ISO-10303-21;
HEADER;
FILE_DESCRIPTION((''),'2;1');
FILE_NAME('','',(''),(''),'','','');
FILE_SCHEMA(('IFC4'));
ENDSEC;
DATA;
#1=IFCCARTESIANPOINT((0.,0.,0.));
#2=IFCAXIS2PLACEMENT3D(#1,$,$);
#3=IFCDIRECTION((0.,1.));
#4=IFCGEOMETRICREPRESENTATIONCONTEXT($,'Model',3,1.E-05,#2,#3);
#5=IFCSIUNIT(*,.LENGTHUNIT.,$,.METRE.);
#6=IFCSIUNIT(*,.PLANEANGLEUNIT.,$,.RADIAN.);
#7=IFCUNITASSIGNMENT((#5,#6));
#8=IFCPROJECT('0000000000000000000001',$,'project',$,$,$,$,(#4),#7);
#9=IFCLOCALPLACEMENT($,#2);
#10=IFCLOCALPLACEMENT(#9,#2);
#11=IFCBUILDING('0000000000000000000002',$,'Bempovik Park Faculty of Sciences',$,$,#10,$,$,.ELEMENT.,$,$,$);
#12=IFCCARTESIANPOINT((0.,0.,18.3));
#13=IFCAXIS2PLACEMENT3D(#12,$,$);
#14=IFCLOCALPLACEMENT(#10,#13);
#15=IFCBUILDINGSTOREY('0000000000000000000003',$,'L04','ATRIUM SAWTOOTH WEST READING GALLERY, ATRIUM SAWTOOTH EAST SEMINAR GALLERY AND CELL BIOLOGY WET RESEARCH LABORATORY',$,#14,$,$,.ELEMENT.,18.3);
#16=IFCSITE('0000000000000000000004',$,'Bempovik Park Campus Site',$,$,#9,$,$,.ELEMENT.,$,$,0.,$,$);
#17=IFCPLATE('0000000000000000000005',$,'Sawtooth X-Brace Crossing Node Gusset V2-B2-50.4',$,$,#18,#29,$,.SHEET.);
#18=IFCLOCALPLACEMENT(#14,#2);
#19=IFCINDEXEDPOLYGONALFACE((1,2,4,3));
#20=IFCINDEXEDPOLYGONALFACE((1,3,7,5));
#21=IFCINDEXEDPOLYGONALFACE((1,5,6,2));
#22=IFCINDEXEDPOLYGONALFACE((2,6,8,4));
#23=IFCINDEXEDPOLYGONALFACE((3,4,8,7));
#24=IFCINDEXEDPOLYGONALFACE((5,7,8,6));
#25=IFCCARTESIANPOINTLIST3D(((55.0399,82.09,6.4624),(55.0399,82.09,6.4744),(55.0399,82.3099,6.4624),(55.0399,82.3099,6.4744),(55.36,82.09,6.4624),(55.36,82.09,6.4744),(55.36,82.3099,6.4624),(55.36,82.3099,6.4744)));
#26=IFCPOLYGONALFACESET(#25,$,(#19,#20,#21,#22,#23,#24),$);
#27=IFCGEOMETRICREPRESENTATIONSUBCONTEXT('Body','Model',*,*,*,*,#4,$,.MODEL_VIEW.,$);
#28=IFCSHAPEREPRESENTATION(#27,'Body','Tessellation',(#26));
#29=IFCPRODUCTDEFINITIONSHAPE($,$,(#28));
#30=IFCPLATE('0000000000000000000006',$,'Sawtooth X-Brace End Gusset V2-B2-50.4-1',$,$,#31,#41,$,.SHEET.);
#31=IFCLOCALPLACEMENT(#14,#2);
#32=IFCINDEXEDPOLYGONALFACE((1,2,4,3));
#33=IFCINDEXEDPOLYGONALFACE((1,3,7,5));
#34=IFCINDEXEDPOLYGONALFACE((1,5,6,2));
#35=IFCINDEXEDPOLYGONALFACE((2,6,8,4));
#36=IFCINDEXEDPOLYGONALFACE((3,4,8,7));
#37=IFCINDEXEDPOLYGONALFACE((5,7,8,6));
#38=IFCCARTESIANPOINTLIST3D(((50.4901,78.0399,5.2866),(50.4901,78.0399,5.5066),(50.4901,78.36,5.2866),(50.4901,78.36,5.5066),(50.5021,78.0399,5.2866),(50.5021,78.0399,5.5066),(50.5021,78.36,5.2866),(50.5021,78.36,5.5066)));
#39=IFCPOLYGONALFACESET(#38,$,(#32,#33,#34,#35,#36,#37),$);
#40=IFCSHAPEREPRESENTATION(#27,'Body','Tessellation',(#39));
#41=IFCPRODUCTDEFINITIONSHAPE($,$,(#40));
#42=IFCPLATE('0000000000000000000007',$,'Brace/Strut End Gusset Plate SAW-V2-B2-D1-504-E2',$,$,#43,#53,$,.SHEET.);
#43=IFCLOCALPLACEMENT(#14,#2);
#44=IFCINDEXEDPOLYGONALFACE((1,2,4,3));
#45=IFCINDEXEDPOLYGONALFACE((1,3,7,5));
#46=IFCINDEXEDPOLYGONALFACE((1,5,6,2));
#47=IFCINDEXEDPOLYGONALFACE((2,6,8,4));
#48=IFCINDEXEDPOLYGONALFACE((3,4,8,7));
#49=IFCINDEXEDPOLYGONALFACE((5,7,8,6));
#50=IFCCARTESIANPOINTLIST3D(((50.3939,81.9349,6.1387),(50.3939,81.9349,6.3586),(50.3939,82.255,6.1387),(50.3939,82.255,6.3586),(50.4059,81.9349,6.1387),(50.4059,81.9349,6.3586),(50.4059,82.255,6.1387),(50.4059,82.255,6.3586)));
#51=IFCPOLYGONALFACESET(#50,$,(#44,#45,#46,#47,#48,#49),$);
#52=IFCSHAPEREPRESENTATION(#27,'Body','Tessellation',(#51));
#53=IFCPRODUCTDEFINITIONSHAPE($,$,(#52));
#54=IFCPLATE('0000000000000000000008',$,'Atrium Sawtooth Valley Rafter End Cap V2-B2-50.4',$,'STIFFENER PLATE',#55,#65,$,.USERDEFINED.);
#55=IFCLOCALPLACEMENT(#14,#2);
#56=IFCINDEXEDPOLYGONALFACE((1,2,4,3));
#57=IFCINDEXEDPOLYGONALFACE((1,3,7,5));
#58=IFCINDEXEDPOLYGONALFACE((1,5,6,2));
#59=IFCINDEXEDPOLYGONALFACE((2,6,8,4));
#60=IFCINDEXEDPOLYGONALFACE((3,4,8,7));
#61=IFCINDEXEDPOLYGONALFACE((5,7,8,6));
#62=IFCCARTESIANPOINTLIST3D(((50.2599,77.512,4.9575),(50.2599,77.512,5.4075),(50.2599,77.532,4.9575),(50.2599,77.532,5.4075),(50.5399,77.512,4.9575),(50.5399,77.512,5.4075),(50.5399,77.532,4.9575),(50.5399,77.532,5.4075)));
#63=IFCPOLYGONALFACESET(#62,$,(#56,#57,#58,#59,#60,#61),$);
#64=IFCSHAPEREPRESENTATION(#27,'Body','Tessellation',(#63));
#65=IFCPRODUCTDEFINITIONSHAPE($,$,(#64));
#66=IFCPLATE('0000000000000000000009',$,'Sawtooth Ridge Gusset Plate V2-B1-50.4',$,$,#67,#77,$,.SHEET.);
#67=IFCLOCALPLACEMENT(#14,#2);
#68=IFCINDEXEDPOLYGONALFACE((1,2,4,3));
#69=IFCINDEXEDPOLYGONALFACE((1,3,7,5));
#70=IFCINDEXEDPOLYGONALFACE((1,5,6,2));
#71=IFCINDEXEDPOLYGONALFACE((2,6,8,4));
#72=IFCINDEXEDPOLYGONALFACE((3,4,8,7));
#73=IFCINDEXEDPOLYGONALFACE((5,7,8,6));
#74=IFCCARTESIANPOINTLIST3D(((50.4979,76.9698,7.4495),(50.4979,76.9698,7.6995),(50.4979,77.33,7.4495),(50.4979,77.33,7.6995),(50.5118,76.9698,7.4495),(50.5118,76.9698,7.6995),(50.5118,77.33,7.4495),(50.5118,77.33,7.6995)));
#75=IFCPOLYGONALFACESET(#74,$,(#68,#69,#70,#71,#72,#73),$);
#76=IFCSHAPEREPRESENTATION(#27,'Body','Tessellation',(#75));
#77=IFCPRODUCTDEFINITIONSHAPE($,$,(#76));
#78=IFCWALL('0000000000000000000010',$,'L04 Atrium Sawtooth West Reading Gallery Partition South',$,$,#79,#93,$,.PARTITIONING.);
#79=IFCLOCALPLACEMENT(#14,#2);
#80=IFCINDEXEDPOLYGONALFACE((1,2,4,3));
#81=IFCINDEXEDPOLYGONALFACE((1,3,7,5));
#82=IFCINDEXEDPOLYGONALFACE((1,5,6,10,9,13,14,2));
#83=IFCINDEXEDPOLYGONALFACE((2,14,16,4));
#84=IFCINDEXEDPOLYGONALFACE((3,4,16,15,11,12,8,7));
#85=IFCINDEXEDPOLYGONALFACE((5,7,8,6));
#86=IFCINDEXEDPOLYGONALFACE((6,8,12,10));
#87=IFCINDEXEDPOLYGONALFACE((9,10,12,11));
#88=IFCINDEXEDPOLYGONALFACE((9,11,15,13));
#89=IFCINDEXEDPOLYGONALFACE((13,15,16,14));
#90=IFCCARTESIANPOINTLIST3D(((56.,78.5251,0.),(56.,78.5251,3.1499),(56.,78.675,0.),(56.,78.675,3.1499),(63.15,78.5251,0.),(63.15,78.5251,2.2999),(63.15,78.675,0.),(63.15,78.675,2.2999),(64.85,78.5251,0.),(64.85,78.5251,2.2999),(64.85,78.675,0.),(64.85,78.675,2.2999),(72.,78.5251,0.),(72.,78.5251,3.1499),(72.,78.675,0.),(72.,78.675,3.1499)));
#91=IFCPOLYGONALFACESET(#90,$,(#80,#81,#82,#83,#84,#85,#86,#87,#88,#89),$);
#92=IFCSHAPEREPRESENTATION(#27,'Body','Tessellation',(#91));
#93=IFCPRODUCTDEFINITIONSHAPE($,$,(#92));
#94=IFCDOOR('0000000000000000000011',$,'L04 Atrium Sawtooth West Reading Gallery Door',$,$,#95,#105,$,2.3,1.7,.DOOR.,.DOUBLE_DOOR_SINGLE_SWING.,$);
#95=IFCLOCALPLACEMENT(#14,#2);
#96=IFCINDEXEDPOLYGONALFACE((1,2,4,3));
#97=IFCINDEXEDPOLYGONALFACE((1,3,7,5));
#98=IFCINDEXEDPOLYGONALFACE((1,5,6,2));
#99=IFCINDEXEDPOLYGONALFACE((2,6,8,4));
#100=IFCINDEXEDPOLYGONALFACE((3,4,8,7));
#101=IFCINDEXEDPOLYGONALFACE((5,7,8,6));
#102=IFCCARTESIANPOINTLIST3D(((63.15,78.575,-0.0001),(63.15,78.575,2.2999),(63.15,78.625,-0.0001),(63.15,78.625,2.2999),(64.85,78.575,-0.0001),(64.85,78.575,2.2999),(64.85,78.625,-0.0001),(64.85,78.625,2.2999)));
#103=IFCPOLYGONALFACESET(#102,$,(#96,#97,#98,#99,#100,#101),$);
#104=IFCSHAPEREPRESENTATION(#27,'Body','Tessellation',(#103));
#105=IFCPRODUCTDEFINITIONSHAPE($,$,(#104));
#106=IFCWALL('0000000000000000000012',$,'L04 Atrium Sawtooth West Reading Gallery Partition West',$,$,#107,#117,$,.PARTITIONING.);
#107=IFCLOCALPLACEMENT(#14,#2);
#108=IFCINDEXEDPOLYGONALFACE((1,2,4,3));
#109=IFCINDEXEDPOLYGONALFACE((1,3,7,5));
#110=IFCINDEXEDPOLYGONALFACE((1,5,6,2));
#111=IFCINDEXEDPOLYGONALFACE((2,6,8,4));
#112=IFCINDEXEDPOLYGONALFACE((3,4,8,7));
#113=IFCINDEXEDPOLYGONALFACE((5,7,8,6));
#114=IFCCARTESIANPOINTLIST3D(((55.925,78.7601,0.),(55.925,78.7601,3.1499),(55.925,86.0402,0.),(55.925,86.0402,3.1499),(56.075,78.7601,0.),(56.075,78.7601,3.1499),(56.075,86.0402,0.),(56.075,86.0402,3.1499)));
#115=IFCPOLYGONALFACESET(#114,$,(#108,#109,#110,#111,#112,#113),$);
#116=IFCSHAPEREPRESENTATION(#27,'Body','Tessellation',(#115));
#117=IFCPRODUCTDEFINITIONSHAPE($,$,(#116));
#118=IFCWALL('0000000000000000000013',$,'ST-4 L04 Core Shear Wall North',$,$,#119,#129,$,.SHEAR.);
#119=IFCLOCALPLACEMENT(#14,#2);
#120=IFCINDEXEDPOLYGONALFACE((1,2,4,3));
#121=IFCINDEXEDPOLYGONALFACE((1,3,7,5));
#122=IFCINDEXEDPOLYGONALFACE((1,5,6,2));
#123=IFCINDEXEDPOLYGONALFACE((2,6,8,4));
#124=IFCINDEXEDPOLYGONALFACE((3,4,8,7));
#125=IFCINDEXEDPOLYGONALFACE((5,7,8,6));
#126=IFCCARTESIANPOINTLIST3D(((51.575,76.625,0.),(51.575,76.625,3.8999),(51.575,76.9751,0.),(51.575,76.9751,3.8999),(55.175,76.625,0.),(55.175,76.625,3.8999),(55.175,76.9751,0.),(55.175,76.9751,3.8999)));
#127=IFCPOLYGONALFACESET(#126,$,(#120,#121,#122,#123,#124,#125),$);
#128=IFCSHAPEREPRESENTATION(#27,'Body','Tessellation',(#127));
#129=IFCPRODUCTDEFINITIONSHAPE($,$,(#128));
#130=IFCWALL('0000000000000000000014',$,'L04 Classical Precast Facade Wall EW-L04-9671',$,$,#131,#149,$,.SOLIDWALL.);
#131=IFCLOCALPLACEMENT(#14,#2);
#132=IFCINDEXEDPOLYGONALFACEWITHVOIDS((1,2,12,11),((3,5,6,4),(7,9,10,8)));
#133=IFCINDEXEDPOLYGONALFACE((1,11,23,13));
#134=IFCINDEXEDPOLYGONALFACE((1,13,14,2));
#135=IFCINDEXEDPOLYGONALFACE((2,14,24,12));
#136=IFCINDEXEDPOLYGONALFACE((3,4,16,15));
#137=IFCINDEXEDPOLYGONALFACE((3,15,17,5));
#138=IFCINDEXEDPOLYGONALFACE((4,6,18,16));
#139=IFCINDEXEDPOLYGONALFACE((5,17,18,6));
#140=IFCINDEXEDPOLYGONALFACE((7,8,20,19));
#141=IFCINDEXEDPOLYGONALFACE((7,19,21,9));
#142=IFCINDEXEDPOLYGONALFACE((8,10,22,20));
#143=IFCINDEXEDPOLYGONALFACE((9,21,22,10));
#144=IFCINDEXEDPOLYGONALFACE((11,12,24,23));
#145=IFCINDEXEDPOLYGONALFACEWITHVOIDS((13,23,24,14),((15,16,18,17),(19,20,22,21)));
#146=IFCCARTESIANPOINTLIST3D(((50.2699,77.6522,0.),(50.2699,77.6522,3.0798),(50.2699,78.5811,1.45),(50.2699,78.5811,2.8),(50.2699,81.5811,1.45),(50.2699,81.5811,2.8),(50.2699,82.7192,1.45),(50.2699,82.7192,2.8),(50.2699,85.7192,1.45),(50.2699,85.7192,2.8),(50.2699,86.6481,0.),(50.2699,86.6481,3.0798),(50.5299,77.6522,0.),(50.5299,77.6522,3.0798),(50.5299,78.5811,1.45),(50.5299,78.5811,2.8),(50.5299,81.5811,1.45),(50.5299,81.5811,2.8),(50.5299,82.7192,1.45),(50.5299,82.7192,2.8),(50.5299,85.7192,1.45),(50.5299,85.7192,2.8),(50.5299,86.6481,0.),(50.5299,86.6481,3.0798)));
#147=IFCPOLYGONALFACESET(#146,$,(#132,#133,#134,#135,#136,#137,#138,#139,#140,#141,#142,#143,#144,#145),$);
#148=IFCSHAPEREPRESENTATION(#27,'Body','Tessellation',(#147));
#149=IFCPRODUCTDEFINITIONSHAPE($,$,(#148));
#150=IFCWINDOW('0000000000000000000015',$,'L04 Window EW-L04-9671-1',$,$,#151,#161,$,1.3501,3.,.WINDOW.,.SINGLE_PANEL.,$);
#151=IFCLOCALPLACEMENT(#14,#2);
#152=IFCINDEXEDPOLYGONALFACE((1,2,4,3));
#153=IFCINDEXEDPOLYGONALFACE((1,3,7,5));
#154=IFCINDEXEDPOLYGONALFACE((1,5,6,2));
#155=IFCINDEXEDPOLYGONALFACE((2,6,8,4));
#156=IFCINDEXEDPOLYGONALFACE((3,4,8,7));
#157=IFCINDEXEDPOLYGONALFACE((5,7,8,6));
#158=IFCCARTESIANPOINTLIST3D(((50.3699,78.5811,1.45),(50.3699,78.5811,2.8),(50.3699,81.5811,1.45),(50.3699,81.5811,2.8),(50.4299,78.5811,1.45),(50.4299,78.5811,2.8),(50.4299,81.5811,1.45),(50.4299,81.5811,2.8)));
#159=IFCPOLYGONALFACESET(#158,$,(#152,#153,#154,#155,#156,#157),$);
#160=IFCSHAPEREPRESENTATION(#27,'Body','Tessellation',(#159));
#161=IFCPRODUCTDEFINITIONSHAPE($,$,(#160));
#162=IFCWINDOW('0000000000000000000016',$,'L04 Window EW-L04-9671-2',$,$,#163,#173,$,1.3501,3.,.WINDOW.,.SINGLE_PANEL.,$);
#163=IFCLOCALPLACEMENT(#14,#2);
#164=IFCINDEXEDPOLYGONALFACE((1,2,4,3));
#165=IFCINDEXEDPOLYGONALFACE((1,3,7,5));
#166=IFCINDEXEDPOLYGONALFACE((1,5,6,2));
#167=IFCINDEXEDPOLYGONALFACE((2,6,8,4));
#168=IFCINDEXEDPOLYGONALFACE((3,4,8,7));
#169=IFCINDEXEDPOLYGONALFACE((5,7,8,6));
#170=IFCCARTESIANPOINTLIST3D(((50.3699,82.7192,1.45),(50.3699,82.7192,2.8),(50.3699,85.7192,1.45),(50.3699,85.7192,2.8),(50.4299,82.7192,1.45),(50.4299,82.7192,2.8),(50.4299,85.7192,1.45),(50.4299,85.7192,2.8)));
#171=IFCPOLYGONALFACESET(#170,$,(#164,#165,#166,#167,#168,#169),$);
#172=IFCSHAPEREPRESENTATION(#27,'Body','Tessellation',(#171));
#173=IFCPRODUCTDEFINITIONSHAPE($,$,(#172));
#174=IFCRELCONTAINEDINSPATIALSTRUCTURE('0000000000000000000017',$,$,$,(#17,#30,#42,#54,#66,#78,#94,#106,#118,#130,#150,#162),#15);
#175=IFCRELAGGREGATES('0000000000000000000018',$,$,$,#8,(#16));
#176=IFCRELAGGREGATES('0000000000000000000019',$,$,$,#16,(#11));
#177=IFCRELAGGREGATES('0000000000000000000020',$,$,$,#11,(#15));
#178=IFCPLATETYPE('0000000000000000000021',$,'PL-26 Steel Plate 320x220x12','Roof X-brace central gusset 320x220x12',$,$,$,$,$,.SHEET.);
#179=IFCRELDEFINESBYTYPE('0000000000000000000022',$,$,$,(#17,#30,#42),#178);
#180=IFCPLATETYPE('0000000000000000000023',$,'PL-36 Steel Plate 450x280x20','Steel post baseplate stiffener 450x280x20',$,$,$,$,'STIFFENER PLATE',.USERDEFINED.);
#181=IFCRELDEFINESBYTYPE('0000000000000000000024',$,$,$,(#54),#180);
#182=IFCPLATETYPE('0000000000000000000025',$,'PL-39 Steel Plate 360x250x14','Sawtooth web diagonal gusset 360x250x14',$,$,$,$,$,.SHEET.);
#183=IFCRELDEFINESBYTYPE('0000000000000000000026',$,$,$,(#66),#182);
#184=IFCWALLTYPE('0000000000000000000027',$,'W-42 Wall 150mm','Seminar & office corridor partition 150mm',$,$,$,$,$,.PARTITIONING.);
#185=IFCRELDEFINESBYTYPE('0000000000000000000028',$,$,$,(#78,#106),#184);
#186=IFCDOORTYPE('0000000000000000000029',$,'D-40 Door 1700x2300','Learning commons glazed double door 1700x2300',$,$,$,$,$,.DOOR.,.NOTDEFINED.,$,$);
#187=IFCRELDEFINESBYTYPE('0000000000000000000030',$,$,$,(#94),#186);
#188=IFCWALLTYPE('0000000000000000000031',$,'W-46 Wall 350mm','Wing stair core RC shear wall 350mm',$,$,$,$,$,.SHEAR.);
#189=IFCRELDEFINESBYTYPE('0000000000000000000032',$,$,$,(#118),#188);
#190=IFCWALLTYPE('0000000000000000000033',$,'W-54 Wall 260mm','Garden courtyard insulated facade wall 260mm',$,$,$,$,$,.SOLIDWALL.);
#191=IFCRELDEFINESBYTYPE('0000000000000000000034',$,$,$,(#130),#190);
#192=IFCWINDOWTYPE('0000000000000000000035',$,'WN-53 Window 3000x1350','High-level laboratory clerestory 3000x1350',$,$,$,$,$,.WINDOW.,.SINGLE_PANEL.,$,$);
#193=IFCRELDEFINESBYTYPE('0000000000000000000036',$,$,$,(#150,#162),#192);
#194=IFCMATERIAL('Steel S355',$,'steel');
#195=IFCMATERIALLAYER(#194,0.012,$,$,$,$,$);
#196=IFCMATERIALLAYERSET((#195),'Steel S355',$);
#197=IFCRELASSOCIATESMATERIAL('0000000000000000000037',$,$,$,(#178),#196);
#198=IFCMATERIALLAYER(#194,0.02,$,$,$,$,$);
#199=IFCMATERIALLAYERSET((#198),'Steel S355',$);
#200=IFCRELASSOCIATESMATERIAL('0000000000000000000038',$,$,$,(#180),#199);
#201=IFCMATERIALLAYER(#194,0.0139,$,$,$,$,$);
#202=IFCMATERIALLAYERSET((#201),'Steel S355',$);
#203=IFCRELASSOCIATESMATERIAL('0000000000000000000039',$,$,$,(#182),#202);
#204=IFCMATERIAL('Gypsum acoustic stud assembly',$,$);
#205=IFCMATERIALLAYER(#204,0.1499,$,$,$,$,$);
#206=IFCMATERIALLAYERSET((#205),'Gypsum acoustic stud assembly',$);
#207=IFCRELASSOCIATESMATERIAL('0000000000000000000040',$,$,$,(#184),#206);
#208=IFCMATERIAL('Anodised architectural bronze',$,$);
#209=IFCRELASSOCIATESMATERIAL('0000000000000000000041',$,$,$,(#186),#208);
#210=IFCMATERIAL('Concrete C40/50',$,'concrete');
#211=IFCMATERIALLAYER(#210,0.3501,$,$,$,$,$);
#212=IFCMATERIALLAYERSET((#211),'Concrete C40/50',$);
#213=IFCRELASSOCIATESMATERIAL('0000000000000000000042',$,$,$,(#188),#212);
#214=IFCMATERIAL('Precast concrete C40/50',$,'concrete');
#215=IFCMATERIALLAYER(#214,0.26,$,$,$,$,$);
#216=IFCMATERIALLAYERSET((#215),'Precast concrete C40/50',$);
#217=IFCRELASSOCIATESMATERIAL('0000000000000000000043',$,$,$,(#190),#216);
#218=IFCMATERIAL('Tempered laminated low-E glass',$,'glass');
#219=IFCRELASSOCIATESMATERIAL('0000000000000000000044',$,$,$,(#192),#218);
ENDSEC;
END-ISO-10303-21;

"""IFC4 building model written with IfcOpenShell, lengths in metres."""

from ifc_helpers import new_model, si_unit, direction, frame, frame_2d, origin, origin_2d, place, context, subcontext, project, spatial, rectangle, extrude, material, layer, layer_set, type_object, element, fill, save


model = new_model("IFC4")

# Units and contexts
model_context = context("Model", 3, precision=1e-05, world=origin(), true_north=direction((0.0, 1.0)))
body_context = subcontext(model_context, "Body", "Model", "MODEL_VIEW")
ifc_project = project(units=[si_unit("LENGTHUNIT", "METRE"), si_unit("PLANEANGLEUNIT", "RADIAN")], contexts=[model_context])

# Site, building, storey
site_placement = place(None, origin())
site = spatial("IfcSite", under=ifc_project, at=site_placement, Name="Bempovik Park Campus Site", CompositionType="ELEMENT", RefElevation=0.0)
building_placement = place(site_placement, origin())
building = spatial("IfcBuilding", under=site, at=building_placement, Name="Bempovik Park Faculty of Sciences", CompositionType="ELEMENT")
storey_placement = place(building_placement, frame((0.0, 0.0, 18.3)))
storey = spatial("IfcBuildingStorey", under=building, at=storey_placement, Name="L04", Description="ATRIUM SAWTOOTH WEST READING GALLERY, ATRIUM SAWTOOTH EAST SEMINAR GALLERY AND CELL BIOLOGY WET RESEARCH LABORATORY", CompositionType="ELEMENT", Elevation=18.3)

# Shared definitions
ifc_material_1 = material(Name="Concrete C40/50", Category="concrete")
ifc_material_2 = material(Name="Steel S355", Category="steel")

# Plates
ifc_layer_1 = layer(ifc_material_2, 0.012)
ifc_layer_set_1 = layer_set([ifc_layer_1], Name="Steel S355")
plate_type_1 = type_object("IfcPlateType", Name="PL-26 Steel Plate 320x220x12", Description="Roof X-brace central gusset 320x220x12", PredefinedType="SHEET", material=ifc_layer_set_1)
plate_1_placement = place(storey_placement, frame((55.2, 82.2, 6.4624), z_axis=(0.0, 0.0, 1.0), x_axis=(1.0, 0.0, 0.0)))
element("IfcPlate", 1, at=plate_1_placement, inside=storey, type_object=plate_type_1, Name="Sawtooth X-Brace Crossing Node Gusset V2-B2-50.4", PredefinedType="SHEET", context=body_context, shape_type="SweptSolid", body=[
    extrude(rectangle(XDim=0.3201, YDim=0.22, at=origin_2d()), origin(), (0.0, 0.0, 1.0), 0.012),
])
for number, where, z_axis, x_axis, name in (
    (2, (50.4961, 78.2, 5.2866), (0.0, 0.0, 1.0), (1.0, 0.0, 0.0), "Sawtooth X-Brace End Gusset V2-B2-50.4-1"),
    (3, (50.3999, 82.095, 6.1387), (0.0, 0.0, 1.0), (1.0, 0.0, 0.0), "Brace/Strut End Gusset Plate SAW-V2-B2-D1-504-E2"),
):
    element("IfcPlate", number, at=place(storey_placement, frame(where, z_axis=z_axis, x_axis=x_axis)), inside=storey, type_object=plate_type_1, Name=name, PredefinedType="SHEET", context=body_context, shape_type="SweptSolid", body=[
        extrude(rectangle(XDim=0.012, YDim=0.3201, at=origin_2d()), origin(), (0.0, 0.0, 1.0), 0.22),
    ])
ifc_layer_2 = layer(ifc_material_2, 0.02)
ifc_layer_set_2 = layer_set([ifc_layer_2], Name="Steel S355")
plate_type_2 = type_object("IfcPlateType", Name="PL-36 Steel Plate 450x280x20", Description="Steel post baseplate stiffener 450x280x20", ElementType="STIFFENER PLATE", PredefinedType="USERDEFINED", material=ifc_layer_set_2)
plate_2_placement = place(storey_placement, frame((50.3999, 77.522, 4.9575), z_axis=(0.0, 0.0, 1.0), x_axis=(1.0, 0.0, 0.0)))
element("IfcPlate", 4, at=plate_2_placement, inside=storey, type_object=plate_type_2, Name="Atrium Sawtooth Valley Rafter End Cap V2-B2-50.4", ObjectType="STIFFENER PLATE", PredefinedType="USERDEFINED", context=body_context, shape_type="SweptSolid", body=[
    extrude(rectangle(XDim=0.28, YDim=0.02, at=origin_2d()), origin(), (0.0, 0.0, 1.0), 0.45),
])
ifc_layer_3 = layer(ifc_material_2, 0.0139)
ifc_layer_set_3 = layer_set([ifc_layer_3], Name="Steel S355")
plate_type_3 = type_object("IfcPlateType", Name="PL-39 Steel Plate 360x250x14", Description="Sawtooth web diagonal gusset 360x250x14", PredefinedType="SHEET", material=ifc_layer_set_3)
plate_3_placement = place(storey_placement, frame((50.5049, 77.1499, 7.4495), z_axis=(0.0, 0.0, 1.0), x_axis=(1.0, 0.0, 0.0)))
element("IfcPlate", 5, at=plate_3_placement, inside=storey, type_object=plate_type_3, Name="Sawtooth Ridge Gusset Plate V2-B1-50.4", PredefinedType="SHEET", context=body_context, shape_type="SweptSolid", body=[
    extrude(rectangle(XDim=0.0139, YDim=0.3601, at=origin_2d()), origin(), (0.0, 0.0, 1.0), 0.25),
])

# Wall, opening, door
ifc_material_3 = material(Name="Gypsum acoustic stud assembly")
ifc_layer_4 = layer(ifc_material_3, 0.1499)
ifc_layer_set_4 = layer_set([ifc_layer_4], Name="Gypsum acoustic stud assembly")
wall_type_1 = type_object("IfcWallType", Name="W-42 Wall 150mm", Description="Seminar & office corridor partition 150mm", PredefinedType="PARTITIONING", material=ifc_layer_set_4)
wall_1_placement = place(storey_placement, frame((56.0, 78.6001, 0.0), z_axis=(0.0, 0.0, 1.0), x_axis=(1.0, 0.0, 0.0)))
wall_1 = element("IfcWall", 6, at=wall_1_placement, inside=storey, type_object=wall_type_1, Name="L04 Atrium Sawtooth West Reading Gallery Partition South", PredefinedType="PARTITIONING", context=body_context, shape_type="SweptSolid", body=[
    extrude(rectangle(XDim=16.0, YDim=0.1499, at=frame_2d((8.0, 0.0))), origin(), (0.0, 0.0, 1.0), 3.1499),
])
opening_1_placement = place(wall_1_placement, frame((7.1499, 0.0, 0.0)))
opening_1 = element("IfcOpeningElement", 7, at=opening_1_placement, cuts=wall_1, PredefinedType="OPENING", context=body_context, shape_type="SweptSolid", body=[
    extrude(rectangle(XDim=1.7, YDim=2.3, at=frame_2d((0.8501, 1.1499))), frame((0.0, 0.085, 0.0), z_axis=(0.0, -1.0, 0.0), x_axis=(1.0, 0.0, 0.0)), (0.0, 0.0, 1.0), 0.1699),
])
ifc_material_4 = material(Name="Anodised architectural bronze")
door_type = type_object("IfcDoorType", Name="D-40 Door 1700x2300", Description="Learning commons glazed double door 1700x2300", OperationType="NOTDEFINED", PredefinedType="DOOR", material=ifc_material_4)
door_placement = place(opening_1_placement, origin())
door = element("IfcDoor", 8, at=door_placement, inside=storey, type_object=door_type, Name="L04 Atrium Sawtooth West Reading Gallery Door", OperationType="DOUBLE_DOOR_SINGLE_SWING", OverallHeight=2.3, OverallWidth=1.7, PredefinedType="DOOR", context=body_context, shape_type="SweptSolid", body=[
    extrude(rectangle(XDim=1.7, YDim=2.3, at=frame_2d((0.8501, 1.1499))), frame((0.0, 0.0249, 0.0), z_axis=(0.0, -1.0, 0.0), x_axis=(1.0, 0.0, 0.0)), (0.0, 0.0, 1.0), 0.05),
])
fill(opening_1, door)

# Walls
wall_2_placement = place(storey_placement, frame((56.0, 78.76, 0.0), z_axis=(0.0, 0.0, 1.0), x_axis=(0.0, 1.0, 0.0)))
element("IfcWall", 9, at=wall_2_placement, inside=storey, type_object=wall_type_1, Name="L04 Atrium Sawtooth West Reading Gallery Partition West", PredefinedType="PARTITIONING", context=body_context, shape_type="SweptSolid", body=[
    extrude(rectangle(XDim=7.28, YDim=0.1499, at=frame_2d((3.6401, 0.0))), origin(), (0.0, 0.0, 1.0), 3.1499),
])
ifc_layer_5 = layer(ifc_material_1, 0.3501)
ifc_layer_set_5 = layer_set([ifc_layer_5], Name="Concrete C40/50")
wall_type_2 = type_object("IfcWallType", Name="W-46 Wall 350mm", Description="Wing stair core RC shear wall 350mm", PredefinedType="SHEAR", material=ifc_layer_set_5)
wall_3_placement = place(storey_placement, frame((51.575, 76.8, 0.0), z_axis=(0.0, 0.0, 1.0), x_axis=(1.0, 0.0, 0.0)))
element("IfcWall", 10, at=wall_3_placement, inside=storey, type_object=wall_type_2, Name="ST-4 L04 Core Shear Wall North", PredefinedType="SHEAR", context=body_context, shape_type="SweptSolid", body=[
    extrude(rectangle(XDim=3.6001, YDim=0.3501, at=frame_2d((1.8, 0.0))), origin(), (0.0, 0.0, 1.0), 3.8999),
])

# Wall, openings, windows
ifc_material_5 = material(Name="Precast concrete C40/50", Category="concrete")
ifc_layer_6 = layer(ifc_material_5, 0.26)
ifc_layer_set_6 = layer_set([ifc_layer_6], Name="Precast concrete C40/50")
wall_type_3 = type_object("IfcWallType", Name="W-54 Wall 260mm", Description="Garden courtyard insulated facade wall 260mm", PredefinedType="SOLIDWALL", material=ifc_layer_set_6)
wall_4_placement = place(storey_placement, frame((50.3999, 77.6521, 0.0), z_axis=(0.0, 0.0, 1.0), x_axis=(0.0, 1.0, 0.0)))
wall_4 = element("IfcWall", 11, at=wall_4_placement, inside=storey, type_object=wall_type_3, Name="L04 Classical Precast Facade Wall EW-L04-9671", PredefinedType="SOLIDWALL", context=body_context, shape_type="SweptSolid", body=[
    extrude(rectangle(XDim=8.9958, YDim=0.26, at=frame_2d((4.498, 0.0))), origin(), (0.0, 0.0, 1.0), 3.0798),
])
opening_2_placement = place(wall_4_placement, frame((0.929, 0.0, 1.45)))
opening_2 = element("IfcOpeningElement", 12, at=opening_2_placement, cuts=wall_4, PredefinedType="OPENING", context=body_context, shape_type="SweptSolid", body=[
    extrude(rectangle(XDim=3.0, YDim=1.3501, at=frame_2d((1.5, 0.675))), frame((0.0, 0.1401, 0.0), z_axis=(0.0, -1.0, 0.0), x_axis=(1.0, 0.0, 0.0)), (0.0, 0.0, 1.0), 0.28),
])
opening_3_placement = place(wall_4_placement, frame((5.0671, 0.0, 1.45)))
opening_3 = element("IfcOpeningElement", 13, at=opening_3_placement, cuts=wall_4, PredefinedType="OPENING", context=body_context, shape_type="SweptSolid", body=[
    extrude(rectangle(XDim=3.0, YDim=1.3501, at=frame_2d((1.5, 0.675))), frame((0.0, 0.1401, 0.0), z_axis=(0.0, -1.0, 0.0), x_axis=(1.0, 0.0, 0.0)), (0.0, 0.0, 1.0), 0.28),
])
ifc_material_6 = material(Name="Tempered laminated low-E glass", Category="glass")
window_type = type_object("IfcWindowType", Name="WN-53 Window 3000x1350", Description="High-level laboratory clerestory 3000x1350", PartitioningType="SINGLE_PANEL", PredefinedType="WINDOW", material=ifc_material_6)
window_1_placement = place(opening_2_placement, origin())
window_1 = element("IfcWindow", 14, at=window_1_placement, inside=storey, type_object=window_type, Name="L04 Window EW-L04-9671-1", OverallHeight=1.3501, OverallWidth=3.0, PartitioningType="SINGLE_PANEL", PredefinedType="WINDOW", context=body_context, shape_type="SweptSolid", body=[
    extrude(rectangle(XDim=3.0, YDim=1.3501, at=frame_2d((1.5, 0.675))), frame((0.0, 0.03, 0.0), z_axis=(0.0, -1.0, 0.0), x_axis=(1.0, 0.0, 0.0)), (0.0, 0.0, 1.0), 0.0601),
])
fill(opening_2, window_1)
window_2_placement = place(opening_3_placement, origin())
window_2 = element("IfcWindow", 15, at=window_2_placement, inside=storey, type_object=window_type, Name="L04 Window EW-L04-9671-2", OverallHeight=1.3501, OverallWidth=3.0, PartitioningType="SINGLE_PANEL", PredefinedType="WINDOW", context=body_context, shape_type="SweptSolid", body=[
    extrude(rectangle(XDim=3.0, YDim=1.3501, at=frame_2d((1.5, 0.675))), frame((0.0, 0.03, 0.0), z_axis=(0.0, -1.0, 0.0), x_axis=(1.0, 0.0, 0.0)), (0.0, 0.0, 1.0), 0.0601),
])
fill(opening_3, window_2)

save(model, "model.ifc")
